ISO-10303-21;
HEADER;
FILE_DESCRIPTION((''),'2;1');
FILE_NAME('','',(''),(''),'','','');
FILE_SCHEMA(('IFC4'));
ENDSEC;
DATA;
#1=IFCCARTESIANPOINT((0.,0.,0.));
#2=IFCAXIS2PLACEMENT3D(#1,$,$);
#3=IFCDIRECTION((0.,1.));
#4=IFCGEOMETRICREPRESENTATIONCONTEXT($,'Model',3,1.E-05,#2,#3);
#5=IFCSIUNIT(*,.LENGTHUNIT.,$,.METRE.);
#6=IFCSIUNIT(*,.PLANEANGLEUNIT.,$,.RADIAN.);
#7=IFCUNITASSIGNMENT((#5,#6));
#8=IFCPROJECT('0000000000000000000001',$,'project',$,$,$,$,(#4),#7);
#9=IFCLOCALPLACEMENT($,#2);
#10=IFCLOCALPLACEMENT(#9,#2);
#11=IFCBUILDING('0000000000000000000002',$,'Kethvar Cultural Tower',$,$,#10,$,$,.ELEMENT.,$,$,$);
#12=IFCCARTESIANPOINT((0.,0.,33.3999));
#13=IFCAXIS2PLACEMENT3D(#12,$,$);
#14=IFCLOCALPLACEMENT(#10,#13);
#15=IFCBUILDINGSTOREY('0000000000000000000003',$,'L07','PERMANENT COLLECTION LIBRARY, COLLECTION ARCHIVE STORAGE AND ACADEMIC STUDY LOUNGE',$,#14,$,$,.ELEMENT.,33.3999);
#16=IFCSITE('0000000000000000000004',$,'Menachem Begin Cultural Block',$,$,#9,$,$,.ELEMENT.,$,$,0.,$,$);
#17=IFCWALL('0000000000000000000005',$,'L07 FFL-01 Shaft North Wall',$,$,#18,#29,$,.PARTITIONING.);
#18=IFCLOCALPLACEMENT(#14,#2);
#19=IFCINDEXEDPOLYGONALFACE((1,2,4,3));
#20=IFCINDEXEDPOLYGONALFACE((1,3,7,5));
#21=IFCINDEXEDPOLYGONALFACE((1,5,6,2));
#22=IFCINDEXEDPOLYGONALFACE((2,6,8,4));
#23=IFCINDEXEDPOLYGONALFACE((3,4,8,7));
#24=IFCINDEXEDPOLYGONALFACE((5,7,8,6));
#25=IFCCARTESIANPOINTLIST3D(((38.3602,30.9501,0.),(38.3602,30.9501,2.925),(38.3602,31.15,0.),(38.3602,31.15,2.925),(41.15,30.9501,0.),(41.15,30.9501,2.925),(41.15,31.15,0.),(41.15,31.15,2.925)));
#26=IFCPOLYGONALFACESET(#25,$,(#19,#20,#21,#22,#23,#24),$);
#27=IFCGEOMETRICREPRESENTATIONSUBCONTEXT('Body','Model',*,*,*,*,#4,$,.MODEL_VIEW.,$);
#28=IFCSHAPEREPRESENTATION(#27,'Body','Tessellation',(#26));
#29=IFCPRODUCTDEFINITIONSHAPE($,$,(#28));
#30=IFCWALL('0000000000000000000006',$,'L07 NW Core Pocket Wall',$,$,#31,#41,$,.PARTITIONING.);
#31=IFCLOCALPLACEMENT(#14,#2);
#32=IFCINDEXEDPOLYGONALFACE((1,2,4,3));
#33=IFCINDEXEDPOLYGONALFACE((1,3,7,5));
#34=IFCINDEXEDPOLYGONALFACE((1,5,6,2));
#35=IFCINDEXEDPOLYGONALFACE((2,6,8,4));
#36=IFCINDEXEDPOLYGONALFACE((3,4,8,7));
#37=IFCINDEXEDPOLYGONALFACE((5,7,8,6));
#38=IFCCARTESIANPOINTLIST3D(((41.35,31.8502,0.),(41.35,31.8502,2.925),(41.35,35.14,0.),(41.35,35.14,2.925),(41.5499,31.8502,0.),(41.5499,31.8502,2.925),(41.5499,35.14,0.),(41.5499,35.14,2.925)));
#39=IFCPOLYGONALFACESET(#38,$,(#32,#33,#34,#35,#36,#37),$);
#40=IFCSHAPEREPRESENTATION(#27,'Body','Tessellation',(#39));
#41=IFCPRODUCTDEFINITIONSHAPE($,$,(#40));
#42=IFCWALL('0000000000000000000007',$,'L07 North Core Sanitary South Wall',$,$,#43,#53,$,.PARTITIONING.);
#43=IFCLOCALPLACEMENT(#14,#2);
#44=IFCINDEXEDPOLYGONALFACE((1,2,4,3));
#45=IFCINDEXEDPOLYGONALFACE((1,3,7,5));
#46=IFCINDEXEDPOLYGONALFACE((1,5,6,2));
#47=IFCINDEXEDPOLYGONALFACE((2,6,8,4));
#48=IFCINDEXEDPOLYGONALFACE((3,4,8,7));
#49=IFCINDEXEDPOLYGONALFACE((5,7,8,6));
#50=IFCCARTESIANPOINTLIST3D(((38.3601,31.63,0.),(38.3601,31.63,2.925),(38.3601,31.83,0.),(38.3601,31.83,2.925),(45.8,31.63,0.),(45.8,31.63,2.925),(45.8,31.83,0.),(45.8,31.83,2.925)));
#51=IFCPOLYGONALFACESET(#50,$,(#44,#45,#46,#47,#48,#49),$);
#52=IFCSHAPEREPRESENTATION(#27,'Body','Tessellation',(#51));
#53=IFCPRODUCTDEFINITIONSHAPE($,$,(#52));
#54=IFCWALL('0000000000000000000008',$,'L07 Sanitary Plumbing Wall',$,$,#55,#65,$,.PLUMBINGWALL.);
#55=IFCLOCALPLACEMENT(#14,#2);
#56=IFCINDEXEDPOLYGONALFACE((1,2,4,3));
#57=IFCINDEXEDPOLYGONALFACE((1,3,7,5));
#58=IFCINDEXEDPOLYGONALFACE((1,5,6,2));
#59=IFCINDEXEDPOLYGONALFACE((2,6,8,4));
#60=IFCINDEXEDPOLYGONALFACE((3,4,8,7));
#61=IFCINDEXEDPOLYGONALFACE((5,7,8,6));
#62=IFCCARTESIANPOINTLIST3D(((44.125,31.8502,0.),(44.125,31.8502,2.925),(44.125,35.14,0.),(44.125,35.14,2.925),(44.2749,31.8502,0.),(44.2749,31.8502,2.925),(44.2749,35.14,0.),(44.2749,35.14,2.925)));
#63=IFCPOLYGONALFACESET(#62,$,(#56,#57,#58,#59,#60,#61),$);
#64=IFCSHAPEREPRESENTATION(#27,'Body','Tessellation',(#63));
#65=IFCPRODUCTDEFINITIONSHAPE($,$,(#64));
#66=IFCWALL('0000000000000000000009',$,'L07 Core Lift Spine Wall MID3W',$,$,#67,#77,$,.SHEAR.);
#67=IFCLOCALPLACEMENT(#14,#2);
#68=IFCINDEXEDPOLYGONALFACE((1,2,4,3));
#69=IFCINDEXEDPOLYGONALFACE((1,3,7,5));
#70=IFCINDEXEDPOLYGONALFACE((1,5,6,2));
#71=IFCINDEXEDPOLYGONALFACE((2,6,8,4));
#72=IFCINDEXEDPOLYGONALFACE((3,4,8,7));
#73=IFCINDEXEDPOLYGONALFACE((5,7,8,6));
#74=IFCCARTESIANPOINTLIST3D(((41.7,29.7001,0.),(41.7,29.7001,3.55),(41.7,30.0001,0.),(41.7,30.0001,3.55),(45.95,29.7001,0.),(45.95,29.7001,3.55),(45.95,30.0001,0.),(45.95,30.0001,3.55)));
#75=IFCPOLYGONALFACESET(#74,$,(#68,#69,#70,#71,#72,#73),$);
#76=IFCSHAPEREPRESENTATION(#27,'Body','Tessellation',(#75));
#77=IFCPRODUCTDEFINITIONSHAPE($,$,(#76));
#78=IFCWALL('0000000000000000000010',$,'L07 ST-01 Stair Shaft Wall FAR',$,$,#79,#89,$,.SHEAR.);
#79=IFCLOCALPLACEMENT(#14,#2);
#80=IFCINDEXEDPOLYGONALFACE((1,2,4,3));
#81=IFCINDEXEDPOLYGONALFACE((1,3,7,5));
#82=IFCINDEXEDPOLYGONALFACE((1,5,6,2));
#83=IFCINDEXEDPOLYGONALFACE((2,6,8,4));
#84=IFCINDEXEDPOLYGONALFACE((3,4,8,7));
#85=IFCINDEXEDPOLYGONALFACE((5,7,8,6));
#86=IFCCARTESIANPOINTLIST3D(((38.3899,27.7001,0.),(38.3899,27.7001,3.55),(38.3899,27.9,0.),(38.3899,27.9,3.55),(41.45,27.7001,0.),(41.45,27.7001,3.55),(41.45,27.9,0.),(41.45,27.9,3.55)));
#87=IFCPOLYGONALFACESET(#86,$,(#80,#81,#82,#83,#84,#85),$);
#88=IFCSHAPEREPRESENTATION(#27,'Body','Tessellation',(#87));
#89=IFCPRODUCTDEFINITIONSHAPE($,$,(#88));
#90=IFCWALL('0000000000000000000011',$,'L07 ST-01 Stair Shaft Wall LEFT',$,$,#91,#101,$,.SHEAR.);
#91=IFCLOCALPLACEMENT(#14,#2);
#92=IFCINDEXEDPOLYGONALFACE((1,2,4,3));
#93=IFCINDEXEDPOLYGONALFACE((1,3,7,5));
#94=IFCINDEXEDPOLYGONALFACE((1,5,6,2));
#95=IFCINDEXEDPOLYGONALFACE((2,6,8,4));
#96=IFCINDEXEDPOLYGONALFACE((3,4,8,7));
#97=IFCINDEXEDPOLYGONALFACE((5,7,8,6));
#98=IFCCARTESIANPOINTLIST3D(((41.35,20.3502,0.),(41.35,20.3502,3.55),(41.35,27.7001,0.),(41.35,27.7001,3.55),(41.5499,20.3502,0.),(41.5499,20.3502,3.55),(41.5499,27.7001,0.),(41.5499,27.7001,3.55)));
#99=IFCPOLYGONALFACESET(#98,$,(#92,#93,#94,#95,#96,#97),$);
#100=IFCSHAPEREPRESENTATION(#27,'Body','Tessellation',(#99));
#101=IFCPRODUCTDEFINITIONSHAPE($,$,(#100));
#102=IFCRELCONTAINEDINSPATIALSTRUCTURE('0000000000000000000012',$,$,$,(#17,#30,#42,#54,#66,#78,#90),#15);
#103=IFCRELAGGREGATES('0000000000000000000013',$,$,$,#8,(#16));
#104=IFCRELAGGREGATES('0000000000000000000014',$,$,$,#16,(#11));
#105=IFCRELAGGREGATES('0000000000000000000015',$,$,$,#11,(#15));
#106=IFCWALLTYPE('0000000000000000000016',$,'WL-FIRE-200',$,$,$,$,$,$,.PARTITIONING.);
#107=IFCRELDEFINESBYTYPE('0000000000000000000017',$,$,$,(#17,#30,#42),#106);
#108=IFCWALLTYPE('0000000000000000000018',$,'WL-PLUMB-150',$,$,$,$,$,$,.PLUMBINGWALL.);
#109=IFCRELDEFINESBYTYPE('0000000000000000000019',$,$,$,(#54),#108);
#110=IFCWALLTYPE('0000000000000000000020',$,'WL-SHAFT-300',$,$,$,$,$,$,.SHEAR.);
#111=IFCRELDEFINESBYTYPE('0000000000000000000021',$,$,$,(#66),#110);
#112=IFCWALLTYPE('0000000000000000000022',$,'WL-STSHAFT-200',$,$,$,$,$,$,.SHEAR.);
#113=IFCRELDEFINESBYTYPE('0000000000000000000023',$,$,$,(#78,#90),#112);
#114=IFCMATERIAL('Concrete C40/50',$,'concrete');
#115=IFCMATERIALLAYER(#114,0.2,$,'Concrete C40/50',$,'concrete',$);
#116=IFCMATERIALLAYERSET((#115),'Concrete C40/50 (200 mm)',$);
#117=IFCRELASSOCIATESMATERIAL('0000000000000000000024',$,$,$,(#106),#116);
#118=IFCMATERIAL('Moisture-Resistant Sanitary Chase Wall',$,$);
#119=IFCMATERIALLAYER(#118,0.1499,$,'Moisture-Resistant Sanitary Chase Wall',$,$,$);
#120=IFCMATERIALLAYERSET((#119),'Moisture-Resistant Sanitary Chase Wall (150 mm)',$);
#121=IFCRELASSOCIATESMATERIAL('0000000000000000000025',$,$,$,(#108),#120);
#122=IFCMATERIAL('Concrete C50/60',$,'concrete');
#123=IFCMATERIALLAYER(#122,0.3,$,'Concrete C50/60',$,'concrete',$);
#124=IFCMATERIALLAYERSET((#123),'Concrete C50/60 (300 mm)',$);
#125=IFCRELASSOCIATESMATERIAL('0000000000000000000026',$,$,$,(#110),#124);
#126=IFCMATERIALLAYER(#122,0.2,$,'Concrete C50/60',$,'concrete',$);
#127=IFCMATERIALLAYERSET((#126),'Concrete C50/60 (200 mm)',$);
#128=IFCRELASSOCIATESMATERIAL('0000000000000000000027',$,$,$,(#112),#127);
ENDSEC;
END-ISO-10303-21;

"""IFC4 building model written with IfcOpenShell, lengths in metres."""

from ifc_helpers import new_model, si_unit, direction, frame, frame_2d, origin, place, context, subcontext, project, spatial, rectangle, extrude, material, layer, layer_set, type_object, element, save


model = new_model("IFC4")

# Units and contexts
model_context = context("Model", 3, precision=1e-05, world=origin(), true_north=direction((0.0, 1.0)))
body_context = subcontext(model_context, "Body", "Model", "MODEL_VIEW")
ifc_project = project(units=[si_unit("LENGTHUNIT", "METRE"), si_unit("PLANEANGLEUNIT", "RADIAN")], contexts=[model_context])

# Site, building, storey
site_placement = place(None, origin())
site = spatial("IfcSite", under=ifc_project, at=site_placement, Name="Menachem Begin Cultural Block", CompositionType="ELEMENT", RefElevation=0.0)
building_placement = place(site_placement, origin())
building = spatial("IfcBuilding", under=site, at=building_placement, Name="Kethvar Cultural Tower", CompositionType="ELEMENT")
storey_placement = place(building_placement, frame((0.0, 0.0, 33.3999)))
storey = spatial("IfcBuildingStorey", under=building, at=storey_placement, Name="L07", Description="PERMANENT COLLECTION LIBRARY, COLLECTION ARCHIVE STORAGE AND ACADEMIC STUDY LOUNGE", CompositionType="ELEMENT", Elevation=33.3999)

# Walls
ifc_material_1 = material(Name="Concrete C40/50", Category="concrete")
ifc_layer_1 = layer(ifc_material_1, 0.2, Name="Concrete C40/50", Category="concrete")
ifc_layer_set_1 = layer_set([ifc_layer_1], Name="Concrete C40/50 (200 mm)")
wall_type_1 = type_object("IfcWallType", Name="WL-FIRE-200", PredefinedType="PARTITIONING", material=ifc_layer_set_1)
for number, where, z_axis, x_axis, name in (
    (1, (38.3601, 31.05, 0.0), (0.0, 0.0, 1.0), (1.0, 0.0, 0.0), "L07 FFL-01 Shaft North Wall"),
):
    element("IfcWall", number, at=place(storey_placement, frame(where, z_axis=z_axis, x_axis=x_axis)), inside=storey, type_object=wall_type_1, Name=name, PredefinedType="PARTITIONING", context=body_context, shape_type="SweptSolid", body=[
        extrude(rectangle(XDim=2.7898, YDim=0.2, at=frame_2d((1.395, 0.0))), origin(), (0.0, 0.0, 1.0), 2.925),
    ])
wall_1_placement = place(storey_placement, frame((41.45, 31.8501, 0.0), z_axis=(0.0, 0.0, 1.0), x_axis=(0.0, 1.0, 0.0)))
element("IfcWall", 2, at=wall_1_placement, inside=storey, type_object=wall_type_1, Name="L07 NW Core Pocket Wall", PredefinedType="PARTITIONING", context=body_context, shape_type="SweptSolid", body=[
    extrude(rectangle(XDim=3.2898, YDim=0.2, at=frame_2d((1.645, 0.0))), origin(), (0.0, 0.0, 1.0), 2.925),
])
wall_2_placement = place(storey_placement, frame((38.3601, 31.73, 0.0), z_axis=(0.0, 0.0, 1.0), x_axis=(1.0, 0.0, 0.0)))
element("IfcWall", 3, at=wall_2_placement, inside=storey, type_object=wall_type_1, Name="L07 North Core Sanitary South Wall", PredefinedType="PARTITIONING", context=body_context, shape_type="SweptSolid", body=[
    extrude(rectangle(XDim=7.4399, YDim=0.2, at=frame_2d((3.72, 0.0))), origin(), (0.0, 0.0, 1.0), 2.925),
])
ifc_material_2 = material(Name="Moisture-Resistant Sanitary Chase Wall")
ifc_layer_2 = layer(ifc_material_2, 0.1499, Name="Moisture-Resistant Sanitary Chase Wall")
ifc_layer_set_2 = layer_set([ifc_layer_2], Name="Moisture-Resistant Sanitary Chase Wall (150 mm)")
wall_type_2 = type_object("IfcWallType", Name="WL-PLUMB-150", PredefinedType="PLUMBINGWALL", material=ifc_layer_set_2)
wall_3_placement = place(storey_placement, frame((44.2, 31.8501, 0.0), z_axis=(0.0, 0.0, 1.0), x_axis=(0.0, 1.0, 0.0)))
element("IfcWall", 4, at=wall_3_placement, inside=storey, type_object=wall_type_2, Name="L07 Sanitary Plumbing Wall", PredefinedType="PLUMBINGWALL", context=body_context, shape_type="SweptSolid", body=[
    extrude(rectangle(XDim=3.2898, YDim=0.1499, at=frame_2d((1.645, 0.0))), origin(), (0.0, 0.0, 1.0), 2.925),
])
ifc_material_3 = material(Name="Concrete C50/60", Category="concrete")
ifc_layer_3 = layer(ifc_material_3, 0.3, Name="Concrete C50/60", Category="concrete")
ifc_layer_set_3 = layer_set([ifc_layer_3], Name="Concrete C50/60 (300 mm)")
wall_type_3 = type_object("IfcWallType", Name="WL-SHAFT-300", PredefinedType="SHEAR", material=ifc_layer_set_3)
wall_4_placement = place(storey_placement, frame((41.7, 29.8501, 0.0), z_axis=(0.0, 0.0, 1.0), x_axis=(1.0, 0.0, 0.0)))
element("IfcWall", 5, at=wall_4_placement, inside=storey, type_object=wall_type_3, Name="L07 Core Lift Spine Wall MID3W", PredefinedType="SHEAR", context=body_context, shape_type="SweptSolid", body=[
    extrude(rectangle(XDim=4.25, YDim=0.3, at=frame_2d((2.125, 0.0))), origin(), (0.0, 0.0, 1.0), 3.55),
])
ifc_layer_4 = layer(ifc_material_3, 0.2, Name="Concrete C50/60", Category="concrete")
ifc_layer_set_4 = layer_set([ifc_layer_4], Name="Concrete C50/60 (200 mm)")
wall_type_4 = type_object("IfcWallType", Name="WL-STSHAFT-200", PredefinedType="SHEAR", material=ifc_layer_set_4)
wall_5_placement = place(storey_placement, frame((38.3899, 27.8, 0.0), z_axis=(0.0, 0.0, 1.0), x_axis=(1.0, 0.0, 0.0)))
element("IfcWall", 6, at=wall_5_placement, inside=storey, type_object=wall_type_4, Name="L07 ST-01 Stair Shaft Wall FAR", PredefinedType="SHEAR", context=body_context, shape_type="SweptSolid", body=[
    extrude(rectangle(XDim=3.0601, YDim=0.2, at=frame_2d((1.53, 0.0))), origin(), (0.0, 0.0, 1.0), 3.55),
])
wall_6_placement = place(storey_placement, frame((41.45, 27.7, 0.0), z_axis=(0.0, 0.0, 1.0), x_axis=(0.0, -1.0, 0.0)))
element("IfcWall", 7, at=wall_6_placement, inside=storey, type_object=wall_type_4, Name="L07 ST-01 Stair Shaft Wall LEFT", PredefinedType="SHEAR", context=body_context, shape_type="SweptSolid", body=[
    extrude(rectangle(XDim=7.3499, YDim=0.2, at=frame_2d((3.6748, 0.0))), origin(), (0.0, 0.0, 1.0), 3.55),
])

save(model, "model.ifc")
